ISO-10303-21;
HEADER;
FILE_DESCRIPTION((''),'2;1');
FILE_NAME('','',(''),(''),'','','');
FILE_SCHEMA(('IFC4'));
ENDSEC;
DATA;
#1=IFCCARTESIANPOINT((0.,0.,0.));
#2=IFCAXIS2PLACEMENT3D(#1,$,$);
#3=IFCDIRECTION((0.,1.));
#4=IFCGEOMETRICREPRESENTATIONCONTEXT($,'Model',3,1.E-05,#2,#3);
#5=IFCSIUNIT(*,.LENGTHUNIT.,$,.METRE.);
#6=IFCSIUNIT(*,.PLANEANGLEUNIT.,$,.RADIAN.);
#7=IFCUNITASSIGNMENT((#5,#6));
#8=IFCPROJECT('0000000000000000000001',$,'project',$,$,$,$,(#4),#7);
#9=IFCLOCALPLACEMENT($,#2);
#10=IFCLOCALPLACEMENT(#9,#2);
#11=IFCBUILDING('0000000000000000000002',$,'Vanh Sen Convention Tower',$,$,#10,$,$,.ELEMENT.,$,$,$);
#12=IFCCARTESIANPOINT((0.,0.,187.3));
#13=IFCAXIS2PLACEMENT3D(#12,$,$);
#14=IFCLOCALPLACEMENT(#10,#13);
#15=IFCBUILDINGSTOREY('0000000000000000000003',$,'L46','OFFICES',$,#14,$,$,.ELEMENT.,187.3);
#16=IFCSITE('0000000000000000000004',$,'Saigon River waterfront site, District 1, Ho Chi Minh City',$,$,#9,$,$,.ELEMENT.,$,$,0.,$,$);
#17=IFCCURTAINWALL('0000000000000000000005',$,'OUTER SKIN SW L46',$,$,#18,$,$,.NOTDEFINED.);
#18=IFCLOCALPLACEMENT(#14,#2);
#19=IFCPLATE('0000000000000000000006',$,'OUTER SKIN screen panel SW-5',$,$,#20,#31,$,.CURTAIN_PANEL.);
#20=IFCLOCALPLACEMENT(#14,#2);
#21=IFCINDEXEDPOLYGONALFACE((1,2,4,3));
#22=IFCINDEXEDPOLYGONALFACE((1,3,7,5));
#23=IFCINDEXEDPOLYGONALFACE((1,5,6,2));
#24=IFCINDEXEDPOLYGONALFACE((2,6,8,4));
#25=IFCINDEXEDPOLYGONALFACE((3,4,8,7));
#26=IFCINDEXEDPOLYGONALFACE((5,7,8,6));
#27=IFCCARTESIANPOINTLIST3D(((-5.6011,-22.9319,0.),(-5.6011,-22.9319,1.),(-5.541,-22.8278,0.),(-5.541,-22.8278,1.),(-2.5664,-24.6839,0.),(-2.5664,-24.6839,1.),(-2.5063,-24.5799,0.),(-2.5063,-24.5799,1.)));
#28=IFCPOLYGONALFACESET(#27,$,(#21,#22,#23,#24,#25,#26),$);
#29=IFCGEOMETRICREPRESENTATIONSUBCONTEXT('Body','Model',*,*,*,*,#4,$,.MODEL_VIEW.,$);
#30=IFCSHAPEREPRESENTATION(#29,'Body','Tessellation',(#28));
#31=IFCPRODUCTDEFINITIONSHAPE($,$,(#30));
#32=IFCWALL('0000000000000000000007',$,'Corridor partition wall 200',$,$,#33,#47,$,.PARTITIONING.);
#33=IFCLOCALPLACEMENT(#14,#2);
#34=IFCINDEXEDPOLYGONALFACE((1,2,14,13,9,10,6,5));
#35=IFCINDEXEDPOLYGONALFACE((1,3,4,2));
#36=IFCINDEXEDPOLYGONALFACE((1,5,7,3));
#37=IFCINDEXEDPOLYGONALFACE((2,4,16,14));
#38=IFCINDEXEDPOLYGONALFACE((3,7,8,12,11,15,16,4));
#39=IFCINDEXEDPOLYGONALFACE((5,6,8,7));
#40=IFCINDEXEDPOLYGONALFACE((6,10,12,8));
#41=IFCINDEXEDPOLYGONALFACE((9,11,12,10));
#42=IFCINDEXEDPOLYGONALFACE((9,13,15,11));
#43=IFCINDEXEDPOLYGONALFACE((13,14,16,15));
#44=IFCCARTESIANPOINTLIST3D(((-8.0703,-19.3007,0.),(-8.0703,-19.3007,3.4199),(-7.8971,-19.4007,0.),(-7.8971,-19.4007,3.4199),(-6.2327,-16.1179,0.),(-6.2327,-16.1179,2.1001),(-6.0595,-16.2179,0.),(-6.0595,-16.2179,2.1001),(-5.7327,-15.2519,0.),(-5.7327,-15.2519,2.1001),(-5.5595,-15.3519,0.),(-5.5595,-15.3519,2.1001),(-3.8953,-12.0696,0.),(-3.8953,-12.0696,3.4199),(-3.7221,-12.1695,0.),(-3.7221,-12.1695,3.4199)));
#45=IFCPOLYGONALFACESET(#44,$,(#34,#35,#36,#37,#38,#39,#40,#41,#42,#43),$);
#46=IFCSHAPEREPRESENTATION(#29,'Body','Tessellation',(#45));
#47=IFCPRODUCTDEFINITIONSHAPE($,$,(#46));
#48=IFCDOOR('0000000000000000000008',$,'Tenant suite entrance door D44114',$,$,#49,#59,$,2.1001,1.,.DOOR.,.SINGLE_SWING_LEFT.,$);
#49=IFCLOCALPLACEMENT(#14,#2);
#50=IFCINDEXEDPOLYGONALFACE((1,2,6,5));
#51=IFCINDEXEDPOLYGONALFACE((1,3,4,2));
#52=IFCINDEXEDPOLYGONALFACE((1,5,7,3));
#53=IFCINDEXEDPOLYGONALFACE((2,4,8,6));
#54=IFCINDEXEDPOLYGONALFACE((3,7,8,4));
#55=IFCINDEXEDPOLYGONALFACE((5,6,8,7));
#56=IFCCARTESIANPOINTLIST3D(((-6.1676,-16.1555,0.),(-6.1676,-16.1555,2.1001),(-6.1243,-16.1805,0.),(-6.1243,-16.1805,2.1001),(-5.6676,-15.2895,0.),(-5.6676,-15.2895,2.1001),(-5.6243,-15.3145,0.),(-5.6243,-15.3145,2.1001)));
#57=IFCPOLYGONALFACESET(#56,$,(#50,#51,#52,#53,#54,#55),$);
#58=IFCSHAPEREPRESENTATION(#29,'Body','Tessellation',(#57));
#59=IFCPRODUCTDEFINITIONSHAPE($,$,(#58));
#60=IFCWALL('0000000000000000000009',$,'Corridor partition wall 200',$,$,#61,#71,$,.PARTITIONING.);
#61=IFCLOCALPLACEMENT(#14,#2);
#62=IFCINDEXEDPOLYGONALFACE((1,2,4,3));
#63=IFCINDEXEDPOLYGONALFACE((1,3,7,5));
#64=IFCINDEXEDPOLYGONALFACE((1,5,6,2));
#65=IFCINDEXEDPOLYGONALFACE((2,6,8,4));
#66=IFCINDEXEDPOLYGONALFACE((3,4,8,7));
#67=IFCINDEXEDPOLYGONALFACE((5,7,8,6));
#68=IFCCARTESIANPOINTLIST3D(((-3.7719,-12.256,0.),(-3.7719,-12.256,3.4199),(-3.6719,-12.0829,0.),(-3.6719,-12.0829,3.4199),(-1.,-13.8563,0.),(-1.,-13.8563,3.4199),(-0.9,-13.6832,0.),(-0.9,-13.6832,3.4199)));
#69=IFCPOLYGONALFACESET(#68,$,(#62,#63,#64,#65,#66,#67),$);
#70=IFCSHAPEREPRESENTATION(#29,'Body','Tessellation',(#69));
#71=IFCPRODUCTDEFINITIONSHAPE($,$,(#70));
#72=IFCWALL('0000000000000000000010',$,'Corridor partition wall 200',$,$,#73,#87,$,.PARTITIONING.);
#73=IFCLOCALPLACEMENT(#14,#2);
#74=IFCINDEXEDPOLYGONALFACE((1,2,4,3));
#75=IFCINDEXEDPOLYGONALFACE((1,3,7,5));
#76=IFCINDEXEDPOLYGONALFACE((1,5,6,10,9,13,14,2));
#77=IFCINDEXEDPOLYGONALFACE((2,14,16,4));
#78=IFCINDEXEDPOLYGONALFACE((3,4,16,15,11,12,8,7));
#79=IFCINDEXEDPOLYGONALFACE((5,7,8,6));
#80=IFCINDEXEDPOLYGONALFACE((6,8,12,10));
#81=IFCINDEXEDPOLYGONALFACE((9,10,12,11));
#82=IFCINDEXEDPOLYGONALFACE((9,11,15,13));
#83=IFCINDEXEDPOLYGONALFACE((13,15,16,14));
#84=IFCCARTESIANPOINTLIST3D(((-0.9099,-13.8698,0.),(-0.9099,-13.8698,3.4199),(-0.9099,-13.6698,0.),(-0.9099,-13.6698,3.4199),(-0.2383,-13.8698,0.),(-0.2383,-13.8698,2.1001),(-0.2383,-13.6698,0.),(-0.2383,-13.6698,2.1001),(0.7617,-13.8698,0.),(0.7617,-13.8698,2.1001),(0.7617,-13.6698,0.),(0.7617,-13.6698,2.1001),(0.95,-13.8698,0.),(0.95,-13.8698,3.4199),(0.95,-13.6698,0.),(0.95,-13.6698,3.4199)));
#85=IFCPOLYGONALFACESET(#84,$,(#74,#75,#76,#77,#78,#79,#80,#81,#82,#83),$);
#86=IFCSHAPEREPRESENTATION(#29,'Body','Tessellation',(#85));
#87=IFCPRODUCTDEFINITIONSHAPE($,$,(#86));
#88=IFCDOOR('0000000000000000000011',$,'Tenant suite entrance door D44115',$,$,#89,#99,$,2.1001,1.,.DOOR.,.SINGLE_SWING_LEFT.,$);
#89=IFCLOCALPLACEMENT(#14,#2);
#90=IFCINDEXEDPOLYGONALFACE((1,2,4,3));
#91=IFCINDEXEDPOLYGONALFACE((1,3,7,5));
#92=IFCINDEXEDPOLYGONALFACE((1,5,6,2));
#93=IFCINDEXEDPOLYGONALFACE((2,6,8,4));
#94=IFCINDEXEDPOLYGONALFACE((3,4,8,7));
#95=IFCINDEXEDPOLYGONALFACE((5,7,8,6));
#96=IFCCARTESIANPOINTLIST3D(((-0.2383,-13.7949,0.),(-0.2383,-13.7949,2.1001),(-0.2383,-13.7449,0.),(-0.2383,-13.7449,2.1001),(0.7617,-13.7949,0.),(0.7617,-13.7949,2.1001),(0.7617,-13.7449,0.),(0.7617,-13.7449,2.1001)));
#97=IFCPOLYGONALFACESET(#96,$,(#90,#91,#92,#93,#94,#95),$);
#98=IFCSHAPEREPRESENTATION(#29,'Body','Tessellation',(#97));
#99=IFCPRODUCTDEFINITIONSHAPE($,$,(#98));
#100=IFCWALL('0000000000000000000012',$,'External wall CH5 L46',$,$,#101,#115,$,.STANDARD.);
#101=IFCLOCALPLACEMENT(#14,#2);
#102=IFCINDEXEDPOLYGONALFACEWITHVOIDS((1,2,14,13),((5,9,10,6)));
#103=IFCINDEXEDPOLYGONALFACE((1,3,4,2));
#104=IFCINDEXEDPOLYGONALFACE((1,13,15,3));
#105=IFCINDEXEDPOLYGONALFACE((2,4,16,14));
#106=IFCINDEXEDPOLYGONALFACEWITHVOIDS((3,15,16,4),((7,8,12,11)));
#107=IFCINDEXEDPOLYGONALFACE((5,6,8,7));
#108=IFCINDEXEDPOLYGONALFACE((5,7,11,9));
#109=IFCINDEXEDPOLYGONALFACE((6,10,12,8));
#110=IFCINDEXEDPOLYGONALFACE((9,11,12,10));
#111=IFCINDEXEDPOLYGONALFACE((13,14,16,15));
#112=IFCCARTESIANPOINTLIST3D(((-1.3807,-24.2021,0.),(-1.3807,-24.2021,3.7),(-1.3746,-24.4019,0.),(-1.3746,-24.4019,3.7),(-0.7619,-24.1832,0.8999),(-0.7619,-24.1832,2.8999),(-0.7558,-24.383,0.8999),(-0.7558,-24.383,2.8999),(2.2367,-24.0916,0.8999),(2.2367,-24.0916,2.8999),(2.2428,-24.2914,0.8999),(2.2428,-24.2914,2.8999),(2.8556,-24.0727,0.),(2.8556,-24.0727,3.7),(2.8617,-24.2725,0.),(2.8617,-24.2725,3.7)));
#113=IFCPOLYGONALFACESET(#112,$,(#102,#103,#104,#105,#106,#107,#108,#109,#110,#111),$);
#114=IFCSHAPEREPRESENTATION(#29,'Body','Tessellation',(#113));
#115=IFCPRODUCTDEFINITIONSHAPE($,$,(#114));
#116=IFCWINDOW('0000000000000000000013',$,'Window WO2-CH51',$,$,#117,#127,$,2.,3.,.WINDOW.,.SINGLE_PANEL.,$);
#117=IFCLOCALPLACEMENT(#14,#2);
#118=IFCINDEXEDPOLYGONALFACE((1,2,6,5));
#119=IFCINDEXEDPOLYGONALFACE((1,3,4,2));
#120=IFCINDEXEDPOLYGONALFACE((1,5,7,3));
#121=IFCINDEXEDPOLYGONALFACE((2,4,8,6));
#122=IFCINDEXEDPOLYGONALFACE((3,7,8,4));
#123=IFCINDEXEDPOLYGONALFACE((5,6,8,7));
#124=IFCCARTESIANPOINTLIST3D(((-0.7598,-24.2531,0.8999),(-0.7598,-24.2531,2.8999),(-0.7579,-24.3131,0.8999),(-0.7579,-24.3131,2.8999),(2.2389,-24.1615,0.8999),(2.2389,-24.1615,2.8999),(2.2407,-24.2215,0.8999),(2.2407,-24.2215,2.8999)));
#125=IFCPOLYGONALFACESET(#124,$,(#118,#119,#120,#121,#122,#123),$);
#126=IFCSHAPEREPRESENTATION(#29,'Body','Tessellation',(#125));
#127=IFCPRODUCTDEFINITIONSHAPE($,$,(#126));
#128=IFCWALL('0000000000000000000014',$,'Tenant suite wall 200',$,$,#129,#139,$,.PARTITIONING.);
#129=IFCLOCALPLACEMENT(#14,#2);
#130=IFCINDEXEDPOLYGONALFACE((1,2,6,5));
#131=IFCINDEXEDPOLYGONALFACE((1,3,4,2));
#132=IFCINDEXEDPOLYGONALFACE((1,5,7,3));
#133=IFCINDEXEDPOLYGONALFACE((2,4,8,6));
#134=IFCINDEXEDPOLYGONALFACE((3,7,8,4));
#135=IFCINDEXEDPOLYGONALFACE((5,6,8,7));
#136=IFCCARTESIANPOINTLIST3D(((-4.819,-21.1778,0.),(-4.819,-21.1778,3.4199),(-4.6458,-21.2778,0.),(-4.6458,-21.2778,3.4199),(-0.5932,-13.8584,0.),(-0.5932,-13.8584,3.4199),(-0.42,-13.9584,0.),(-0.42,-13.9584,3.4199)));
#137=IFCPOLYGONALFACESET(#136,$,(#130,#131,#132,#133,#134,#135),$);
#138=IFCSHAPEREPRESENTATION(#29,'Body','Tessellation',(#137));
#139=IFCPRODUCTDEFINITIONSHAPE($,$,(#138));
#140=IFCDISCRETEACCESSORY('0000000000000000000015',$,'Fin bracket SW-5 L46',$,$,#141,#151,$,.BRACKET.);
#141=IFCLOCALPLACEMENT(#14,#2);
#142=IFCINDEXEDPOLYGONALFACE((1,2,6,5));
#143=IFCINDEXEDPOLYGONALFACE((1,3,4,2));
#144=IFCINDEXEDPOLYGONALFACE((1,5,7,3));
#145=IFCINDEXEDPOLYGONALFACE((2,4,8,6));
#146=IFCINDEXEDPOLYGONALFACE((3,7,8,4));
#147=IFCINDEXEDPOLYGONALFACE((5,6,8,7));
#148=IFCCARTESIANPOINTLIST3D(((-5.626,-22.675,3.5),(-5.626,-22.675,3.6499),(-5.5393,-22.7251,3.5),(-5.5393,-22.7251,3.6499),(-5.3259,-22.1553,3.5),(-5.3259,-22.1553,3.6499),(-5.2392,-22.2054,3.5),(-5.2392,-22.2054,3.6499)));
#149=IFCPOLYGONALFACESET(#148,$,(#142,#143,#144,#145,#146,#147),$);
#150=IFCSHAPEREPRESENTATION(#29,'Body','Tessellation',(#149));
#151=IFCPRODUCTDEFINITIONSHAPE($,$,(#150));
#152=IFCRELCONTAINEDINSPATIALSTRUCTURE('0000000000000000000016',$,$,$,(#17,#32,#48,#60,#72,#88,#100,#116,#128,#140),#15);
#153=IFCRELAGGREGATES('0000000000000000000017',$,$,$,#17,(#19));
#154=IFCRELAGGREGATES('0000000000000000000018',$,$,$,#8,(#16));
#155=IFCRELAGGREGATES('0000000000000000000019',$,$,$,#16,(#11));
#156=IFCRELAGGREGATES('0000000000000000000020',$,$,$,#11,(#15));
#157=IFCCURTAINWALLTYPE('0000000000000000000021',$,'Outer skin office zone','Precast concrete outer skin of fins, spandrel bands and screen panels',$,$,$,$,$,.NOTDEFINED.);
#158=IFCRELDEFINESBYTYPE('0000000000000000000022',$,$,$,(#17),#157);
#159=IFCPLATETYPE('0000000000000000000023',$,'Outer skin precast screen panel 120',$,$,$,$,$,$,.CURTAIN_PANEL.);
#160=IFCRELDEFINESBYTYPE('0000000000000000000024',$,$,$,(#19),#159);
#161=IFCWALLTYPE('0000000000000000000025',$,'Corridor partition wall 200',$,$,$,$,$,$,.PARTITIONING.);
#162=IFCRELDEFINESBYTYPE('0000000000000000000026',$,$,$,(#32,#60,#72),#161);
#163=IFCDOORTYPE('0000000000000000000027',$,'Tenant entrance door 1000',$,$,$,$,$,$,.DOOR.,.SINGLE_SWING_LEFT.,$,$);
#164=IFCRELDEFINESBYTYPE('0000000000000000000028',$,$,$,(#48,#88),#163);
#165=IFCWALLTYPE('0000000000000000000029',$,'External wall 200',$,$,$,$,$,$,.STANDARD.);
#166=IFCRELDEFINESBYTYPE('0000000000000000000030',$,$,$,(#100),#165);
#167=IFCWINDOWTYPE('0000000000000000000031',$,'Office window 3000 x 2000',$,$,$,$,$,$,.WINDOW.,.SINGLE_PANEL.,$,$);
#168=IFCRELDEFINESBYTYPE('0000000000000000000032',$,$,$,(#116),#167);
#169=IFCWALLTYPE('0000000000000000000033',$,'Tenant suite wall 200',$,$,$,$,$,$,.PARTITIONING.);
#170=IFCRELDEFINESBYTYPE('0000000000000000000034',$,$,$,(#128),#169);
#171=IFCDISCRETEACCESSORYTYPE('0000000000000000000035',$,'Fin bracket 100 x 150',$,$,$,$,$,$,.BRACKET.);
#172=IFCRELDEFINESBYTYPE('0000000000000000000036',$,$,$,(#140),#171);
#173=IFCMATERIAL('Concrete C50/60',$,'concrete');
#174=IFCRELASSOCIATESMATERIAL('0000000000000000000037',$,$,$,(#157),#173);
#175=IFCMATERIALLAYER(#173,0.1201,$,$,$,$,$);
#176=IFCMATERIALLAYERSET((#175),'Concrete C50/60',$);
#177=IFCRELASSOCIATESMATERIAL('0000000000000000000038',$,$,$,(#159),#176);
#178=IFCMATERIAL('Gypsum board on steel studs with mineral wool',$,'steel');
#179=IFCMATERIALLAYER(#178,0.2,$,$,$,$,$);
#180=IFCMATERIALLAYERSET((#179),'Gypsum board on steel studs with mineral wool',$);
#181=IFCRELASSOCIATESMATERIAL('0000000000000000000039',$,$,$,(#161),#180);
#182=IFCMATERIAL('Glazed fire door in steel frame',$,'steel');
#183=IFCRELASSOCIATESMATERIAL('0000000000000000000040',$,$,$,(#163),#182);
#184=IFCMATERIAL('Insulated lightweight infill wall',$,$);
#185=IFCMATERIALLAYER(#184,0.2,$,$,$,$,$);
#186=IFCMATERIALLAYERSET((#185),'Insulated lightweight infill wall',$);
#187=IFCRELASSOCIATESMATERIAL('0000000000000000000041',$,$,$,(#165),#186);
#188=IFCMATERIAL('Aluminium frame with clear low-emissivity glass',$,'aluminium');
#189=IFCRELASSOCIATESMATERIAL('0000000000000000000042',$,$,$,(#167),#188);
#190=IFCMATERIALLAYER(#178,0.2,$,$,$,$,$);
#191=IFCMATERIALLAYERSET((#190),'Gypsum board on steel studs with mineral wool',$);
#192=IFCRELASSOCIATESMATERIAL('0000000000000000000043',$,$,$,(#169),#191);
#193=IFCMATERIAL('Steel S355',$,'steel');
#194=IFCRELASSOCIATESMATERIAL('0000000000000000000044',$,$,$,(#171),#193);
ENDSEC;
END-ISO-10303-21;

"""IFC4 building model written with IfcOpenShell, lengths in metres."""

from ifc_helpers import new_model, si_unit, direction, frame, frame_2d, origin, origin_2d, place, context, subcontext, project, spatial, rectangle, extrude, material, layer, layer_set, type_object, element, fill, aggregate, save


model = new_model("IFC4")

# Units and contexts
model_context = context("Model", 3, precision=1e-05, world=origin(), true_north=direction((0.0, 1.0)))
body_context = subcontext(model_context, "Body", "Model", "MODEL_VIEW")
ifc_project = project(units=[si_unit("LENGTHUNIT", "METRE"), si_unit("PLANEANGLEUNIT", "RADIAN")], contexts=[model_context])

# Site, building, storey
site_placement = place(None, origin())
site = spatial("IfcSite", under=ifc_project, at=site_placement, Name="Saigon River waterfront site, District 1, Ho Chi Minh City", CompositionType="ELEMENT", RefElevation=0.0)
building_placement = place(site_placement, origin())
building = spatial("IfcBuilding", under=site, at=building_placement, Name="Vanh Sen Convention Tower", CompositionType="ELEMENT")
storey_placement = place(building_placement, frame((0.0, 0.0, 187.3)))
storey = spatial("IfcBuildingStorey", under=building, at=storey_placement, Name="L46", Description="OFFICES", CompositionType="ELEMENT", Elevation=187.3)

# Curtain wall
ifc_material_1 = material(Name="Concrete C50/60", Category="concrete")
curtain_wall_type = type_object("IfcCurtainWallType", Name="Outer skin office zone", Description="Precast concrete outer skin of fins, spandrel bands and screen panels", PredefinedType="NOTDEFINED", material=ifc_material_1)
curtain_wall_1_placement = place(storey_placement, origin())
curtain_wall_1 = element("IfcCurtainWall", 1, at=curtain_wall_1_placement, inside=storey, type_object=curtain_wall_type, Name="OUTER SKIN SW L46", PredefinedType="NOTDEFINED")

# Plate
ifc_layer_1 = layer(ifc_material_1, 0.1201)
ifc_layer_set_1 = layer_set([ifc_layer_1], Name="Concrete C50/60")
plate_type = type_object("IfcPlateType", Name="Outer skin precast screen panel 120", PredefinedType="CURTAIN_PANEL", material=ifc_layer_set_1)
plate_1_placement = place(storey_placement, frame((-4.0537, -23.7559, 0.0), z_axis=(0.0, 0.0, 1.0), x_axis=(0.866035, -0.499983, 0.0)))
plate_1 = element("IfcPlate", 2, at=plate_1_placement, type_object=plate_type, Name="OUTER SKIN screen panel SW-5", PredefinedType="CURTAIN_PANEL", context=body_context, shape_type="SweptSolid", body=[
    extrude(rectangle(XDim=3.5042, YDim=0.1201, at=origin_2d()), origin(), (0.0, 0.0, 1.0), 1.0),
])
aggregate(curtain_wall_1, [plate_1])

# Wall, opening, door
ifc_material_2 = material(Name="Gypsum board on steel studs with mineral wool", Category="steel")
ifc_layer_2 = layer(ifc_material_2, 0.2)
ifc_layer_set_2 = layer_set([ifc_layer_2], Name="Gypsum board on steel studs with mineral wool")
wall_type_1 = type_object("IfcWallType", Name="Corridor partition wall 200", PredefinedType="PARTITIONING", material=ifc_layer_set_2)
wall_1_placement = place(storey_placement, frame((-7.9836, -19.3506, 0.0), z_axis=(0.0, 0.0, 1.0), x_axis=(0.50001, 0.86602, 0.0)))
wall_1 = element("IfcWall", 3, at=wall_1_placement, inside=storey, type_object=wall_type_1, Name="Corridor partition wall 200", PredefinedType="PARTITIONING", context=body_context, shape_type="SweptSolid", body=[
    extrude(rectangle(XDim=8.3499, YDim=0.2, at=frame_2d((4.1748, 0.0))), origin(), (0.0, 0.0, 1.0), 3.4199),
])
opening_1_placement = place(wall_1_placement, frame((3.675, 0.0, 0.0)))
opening_1 = element("IfcOpeningElement", 4, at=opening_1_placement, cuts=wall_1, PredefinedType="OPENING", context=body_context, shape_type="SweptSolid", body=[
    extrude(rectangle(XDim=1.0, YDim=2.1001, at=frame_2d((0.5, 1.05))), frame((0.0, 0.1099, 0.0), z_axis=(0.0, -1.0, 0.0), x_axis=(1.0, 0.0, 0.0)), (0.0, 0.0, 1.0), 0.22),
])
ifc_material_3 = material(Name="Glazed fire door in steel frame", Category="steel")
door_type = type_object("IfcDoorType", Name="Tenant entrance door 1000", OperationType="SINGLE_SWING_LEFT", PredefinedType="DOOR", material=ifc_material_3)
door_1_placement = place(opening_1_placement, origin())
door_1 = element("IfcDoor", 5, at=door_1_placement, inside=storey, type_object=door_type, Name="Tenant suite entrance door D44114", OperationType="SINGLE_SWING_LEFT", OverallHeight=2.1001, OverallWidth=1.0, PredefinedType="DOOR", context=body_context, shape_type="SweptSolid", body=[
    extrude(rectangle(XDim=1.0, YDim=2.1001, at=frame_2d((0.5, 1.05))), frame((0.0, 0.0249, 0.0), z_axis=(0.0, -1.0, 0.0), x_axis=(1.0, 0.0, 0.0)), (0.0, 0.0, 1.0), 0.05),
])
fill(opening_1, door_1)

# Wall
wall_2_placement = place(storey_placement, frame((-3.7219, -12.1694, 0.0), z_axis=(0.0, 0.0, 1.0), x_axis=(0.866033, -0.499987, 0.0)))
element("IfcWall", 6, at=wall_2_placement, inside=storey, type_object=wall_type_1, Name="Corridor partition wall 200", PredefinedType="PARTITIONING", context=body_context, shape_type="SweptSolid", body=[
    extrude(rectangle(XDim=3.2007, YDim=0.2, at=frame_2d((1.6003, 0.0))), origin(), (0.0, 0.0, 1.0), 3.4199),
])

# Wall, opening, door
wall_3_placement = place(storey_placement, frame((-0.9099, -13.7698, 0.0), z_axis=(0.0, 0.0, 1.0), x_axis=(1.0, 0.0, 0.0)))
wall_3 = element("IfcWall", 7, at=wall_3_placement, inside=storey, type_object=wall_type_1, Name="Corridor partition wall 200", PredefinedType="PARTITIONING", context=body_context, shape_type="SweptSolid", body=[
    extrude(rectangle(XDim=1.8599, YDim=0.2, at=frame_2d((0.9299, 0.0))), origin(), (0.0, 0.0, 1.0), 3.4199),
])
opening_2_placement = place(wall_3_placement, frame((0.6716, 0.0, 0.0)))
opening_2 = element("IfcOpeningElement", 8, at=opening_2_placement, cuts=wall_3, PredefinedType="OPENING", context=body_context, shape_type="SweptSolid", body=[
    extrude(rectangle(XDim=1.0, YDim=2.1001, at=frame_2d((0.5, 1.05))), frame((0.0, 0.1099, 0.0), z_axis=(0.0, -1.0, 0.0), x_axis=(1.0, 0.0, 0.0)), (0.0, 0.0, 1.0), 0.22),
])
door_2_placement = place(opening_2_placement, origin())
door_2 = element("IfcDoor", 9, at=door_2_placement, inside=storey, type_object=door_type, Name="Tenant suite entrance door D44115", OperationType="SINGLE_SWING_LEFT", OverallHeight=2.1001, OverallWidth=1.0, PredefinedType="DOOR", context=body_context, shape_type="SweptSolid", body=[
    extrude(rectangle(XDim=1.0, YDim=2.1001, at=frame_2d((0.5, 1.05))), frame((0.0, 0.0249, 0.0), z_axis=(0.0, -1.0, 0.0), x_axis=(1.0, 0.0, 0.0)), (0.0, 0.0, 1.0), 0.05),
])
fill(opening_2, door_2)

# Wall, opening, window
ifc_material_4 = material(Name="Insulated lightweight infill wall")
ifc_layer_3 = layer(ifc_material_4, 0.2)
ifc_layer_set_3 = layer_set([ifc_layer_3], Name="Insulated lightweight infill wall")
wall_type_2 = type_object("IfcWallType", Name="External wall 200", PredefinedType="STANDARD", material=ifc_layer_set_3)
wall_4_placement = place(storey_placement, frame((-1.3777, -24.302, 0.0), z_axis=(0.0, 0.0, 1.0), x_axis=(0.999534, 0.03053, 0.0)))
wall_4 = element("IfcWall", 10, at=wall_4_placement, inside=storey, type_object=wall_type_2, Name="External wall CH5 L46", PredefinedType="STANDARD", context=body_context, shape_type="SweptSolid", body=[
    extrude(rectangle(XDim=4.2383, YDim=0.2, at=frame_2d((2.1191, 0.0))), origin(), (0.0, 0.0, 1.0), 3.7),
])
opening_3_placement = place(wall_4_placement, frame((0.6191, 0.0, 0.8999)))
opening_3 = element("IfcOpeningElement", 11, at=opening_3_placement, cuts=wall_4, PredefinedType="OPENING", context=body_context, shape_type="SweptSolid", body=[
    extrude(rectangle(XDim=3.0, YDim=2.0, at=frame_2d((1.5, 1.0))), frame((0.0, 0.1099, 0.0), z_axis=(0.0, -1.0, 0.0), x_axis=(1.0, 0.0, 0.0)), (0.0, 0.0, 1.0), 0.22),
])
ifc_material_5 = material(Name="Aluminium frame with clear low-emissivity glass", Category="aluminium")
window_type = type_object("IfcWindowType", Name="Office window 3000 x 2000", PartitioningType="SINGLE_PANEL", PredefinedType="WINDOW", material=ifc_material_5)
window_placement = place(opening_3_placement, origin())
window = element("IfcWindow", 12, at=window_placement, inside=storey, type_object=window_type, Name="Window WO2-CH51", OverallHeight=2.0, OverallWidth=3.0, PartitioningType="SINGLE_PANEL", PredefinedType="WINDOW", context=body_context, shape_type="SweptSolid", body=[
    extrude(rectangle(XDim=3.0, YDim=2.0, at=frame_2d((1.5, 1.0))), frame((0.0, 0.03, 0.0), z_axis=(0.0, -1.0, 0.0), x_axis=(1.0, 0.0, 0.0)), (0.0, 0.0, 1.0), 0.0601),
])
fill(opening_3, window)

# Wall
ifc_layer_4 = layer(ifc_material_2, 0.2)
ifc_layer_set_4 = layer_set([ifc_layer_4], Name="Gypsum board on steel studs with mineral wool")
wall_type_3 = type_object("IfcWallType", Name="Tenant suite wall 200", PredefinedType="PARTITIONING", material=ifc_layer_set_4)
wall_5_placement = place(storey_placement, frame((-4.7324, -21.2278, 0.0), z_axis=(0.0, 0.0, 1.0), x_axis=(0.500001, 0.866025, 0.0)))
element("IfcWall", 13, at=wall_5_placement, inside=storey, type_object=wall_type_3, Name="Tenant suite wall 200", PredefinedType="PARTITIONING", context=body_context, shape_type="SweptSolid", body=[
    extrude(rectangle(XDim=8.4517, YDim=0.2, at=frame_2d((4.2258, 0.0))), origin(), (0.0, 0.0, 1.0), 3.4199),
])

# Discrete accessory
ifc_material_6 = material(Name="Steel S355", Category="steel")
discrete_accessory_type = type_object("IfcDiscreteAccessoryType", Name="Fin bracket 100 x 150", PredefinedType="BRACKET", material=ifc_material_6)
discrete_accessory_placement = place(storey_placement, frame((-5.4326, -22.4402, 3.5), z_axis=(0.0, 0.0, 1.0), x_axis=(-0.5, -0.866025, 0.0)))
element("IfcDiscreteAccessory", 14, at=discrete_accessory_placement, inside=storey, type_object=discrete_accessory_type, Name="Fin bracket SW-5 L46", PredefinedType="BRACKET", context=body_context, shape_type="SweptSolid", body=[
    extrude(rectangle(XDim=0.6001, YDim=0.1001, at=origin_2d()), origin(), (0.0, 0.0, 1.0), 0.1499),
])

save(model, "model.ifc")
